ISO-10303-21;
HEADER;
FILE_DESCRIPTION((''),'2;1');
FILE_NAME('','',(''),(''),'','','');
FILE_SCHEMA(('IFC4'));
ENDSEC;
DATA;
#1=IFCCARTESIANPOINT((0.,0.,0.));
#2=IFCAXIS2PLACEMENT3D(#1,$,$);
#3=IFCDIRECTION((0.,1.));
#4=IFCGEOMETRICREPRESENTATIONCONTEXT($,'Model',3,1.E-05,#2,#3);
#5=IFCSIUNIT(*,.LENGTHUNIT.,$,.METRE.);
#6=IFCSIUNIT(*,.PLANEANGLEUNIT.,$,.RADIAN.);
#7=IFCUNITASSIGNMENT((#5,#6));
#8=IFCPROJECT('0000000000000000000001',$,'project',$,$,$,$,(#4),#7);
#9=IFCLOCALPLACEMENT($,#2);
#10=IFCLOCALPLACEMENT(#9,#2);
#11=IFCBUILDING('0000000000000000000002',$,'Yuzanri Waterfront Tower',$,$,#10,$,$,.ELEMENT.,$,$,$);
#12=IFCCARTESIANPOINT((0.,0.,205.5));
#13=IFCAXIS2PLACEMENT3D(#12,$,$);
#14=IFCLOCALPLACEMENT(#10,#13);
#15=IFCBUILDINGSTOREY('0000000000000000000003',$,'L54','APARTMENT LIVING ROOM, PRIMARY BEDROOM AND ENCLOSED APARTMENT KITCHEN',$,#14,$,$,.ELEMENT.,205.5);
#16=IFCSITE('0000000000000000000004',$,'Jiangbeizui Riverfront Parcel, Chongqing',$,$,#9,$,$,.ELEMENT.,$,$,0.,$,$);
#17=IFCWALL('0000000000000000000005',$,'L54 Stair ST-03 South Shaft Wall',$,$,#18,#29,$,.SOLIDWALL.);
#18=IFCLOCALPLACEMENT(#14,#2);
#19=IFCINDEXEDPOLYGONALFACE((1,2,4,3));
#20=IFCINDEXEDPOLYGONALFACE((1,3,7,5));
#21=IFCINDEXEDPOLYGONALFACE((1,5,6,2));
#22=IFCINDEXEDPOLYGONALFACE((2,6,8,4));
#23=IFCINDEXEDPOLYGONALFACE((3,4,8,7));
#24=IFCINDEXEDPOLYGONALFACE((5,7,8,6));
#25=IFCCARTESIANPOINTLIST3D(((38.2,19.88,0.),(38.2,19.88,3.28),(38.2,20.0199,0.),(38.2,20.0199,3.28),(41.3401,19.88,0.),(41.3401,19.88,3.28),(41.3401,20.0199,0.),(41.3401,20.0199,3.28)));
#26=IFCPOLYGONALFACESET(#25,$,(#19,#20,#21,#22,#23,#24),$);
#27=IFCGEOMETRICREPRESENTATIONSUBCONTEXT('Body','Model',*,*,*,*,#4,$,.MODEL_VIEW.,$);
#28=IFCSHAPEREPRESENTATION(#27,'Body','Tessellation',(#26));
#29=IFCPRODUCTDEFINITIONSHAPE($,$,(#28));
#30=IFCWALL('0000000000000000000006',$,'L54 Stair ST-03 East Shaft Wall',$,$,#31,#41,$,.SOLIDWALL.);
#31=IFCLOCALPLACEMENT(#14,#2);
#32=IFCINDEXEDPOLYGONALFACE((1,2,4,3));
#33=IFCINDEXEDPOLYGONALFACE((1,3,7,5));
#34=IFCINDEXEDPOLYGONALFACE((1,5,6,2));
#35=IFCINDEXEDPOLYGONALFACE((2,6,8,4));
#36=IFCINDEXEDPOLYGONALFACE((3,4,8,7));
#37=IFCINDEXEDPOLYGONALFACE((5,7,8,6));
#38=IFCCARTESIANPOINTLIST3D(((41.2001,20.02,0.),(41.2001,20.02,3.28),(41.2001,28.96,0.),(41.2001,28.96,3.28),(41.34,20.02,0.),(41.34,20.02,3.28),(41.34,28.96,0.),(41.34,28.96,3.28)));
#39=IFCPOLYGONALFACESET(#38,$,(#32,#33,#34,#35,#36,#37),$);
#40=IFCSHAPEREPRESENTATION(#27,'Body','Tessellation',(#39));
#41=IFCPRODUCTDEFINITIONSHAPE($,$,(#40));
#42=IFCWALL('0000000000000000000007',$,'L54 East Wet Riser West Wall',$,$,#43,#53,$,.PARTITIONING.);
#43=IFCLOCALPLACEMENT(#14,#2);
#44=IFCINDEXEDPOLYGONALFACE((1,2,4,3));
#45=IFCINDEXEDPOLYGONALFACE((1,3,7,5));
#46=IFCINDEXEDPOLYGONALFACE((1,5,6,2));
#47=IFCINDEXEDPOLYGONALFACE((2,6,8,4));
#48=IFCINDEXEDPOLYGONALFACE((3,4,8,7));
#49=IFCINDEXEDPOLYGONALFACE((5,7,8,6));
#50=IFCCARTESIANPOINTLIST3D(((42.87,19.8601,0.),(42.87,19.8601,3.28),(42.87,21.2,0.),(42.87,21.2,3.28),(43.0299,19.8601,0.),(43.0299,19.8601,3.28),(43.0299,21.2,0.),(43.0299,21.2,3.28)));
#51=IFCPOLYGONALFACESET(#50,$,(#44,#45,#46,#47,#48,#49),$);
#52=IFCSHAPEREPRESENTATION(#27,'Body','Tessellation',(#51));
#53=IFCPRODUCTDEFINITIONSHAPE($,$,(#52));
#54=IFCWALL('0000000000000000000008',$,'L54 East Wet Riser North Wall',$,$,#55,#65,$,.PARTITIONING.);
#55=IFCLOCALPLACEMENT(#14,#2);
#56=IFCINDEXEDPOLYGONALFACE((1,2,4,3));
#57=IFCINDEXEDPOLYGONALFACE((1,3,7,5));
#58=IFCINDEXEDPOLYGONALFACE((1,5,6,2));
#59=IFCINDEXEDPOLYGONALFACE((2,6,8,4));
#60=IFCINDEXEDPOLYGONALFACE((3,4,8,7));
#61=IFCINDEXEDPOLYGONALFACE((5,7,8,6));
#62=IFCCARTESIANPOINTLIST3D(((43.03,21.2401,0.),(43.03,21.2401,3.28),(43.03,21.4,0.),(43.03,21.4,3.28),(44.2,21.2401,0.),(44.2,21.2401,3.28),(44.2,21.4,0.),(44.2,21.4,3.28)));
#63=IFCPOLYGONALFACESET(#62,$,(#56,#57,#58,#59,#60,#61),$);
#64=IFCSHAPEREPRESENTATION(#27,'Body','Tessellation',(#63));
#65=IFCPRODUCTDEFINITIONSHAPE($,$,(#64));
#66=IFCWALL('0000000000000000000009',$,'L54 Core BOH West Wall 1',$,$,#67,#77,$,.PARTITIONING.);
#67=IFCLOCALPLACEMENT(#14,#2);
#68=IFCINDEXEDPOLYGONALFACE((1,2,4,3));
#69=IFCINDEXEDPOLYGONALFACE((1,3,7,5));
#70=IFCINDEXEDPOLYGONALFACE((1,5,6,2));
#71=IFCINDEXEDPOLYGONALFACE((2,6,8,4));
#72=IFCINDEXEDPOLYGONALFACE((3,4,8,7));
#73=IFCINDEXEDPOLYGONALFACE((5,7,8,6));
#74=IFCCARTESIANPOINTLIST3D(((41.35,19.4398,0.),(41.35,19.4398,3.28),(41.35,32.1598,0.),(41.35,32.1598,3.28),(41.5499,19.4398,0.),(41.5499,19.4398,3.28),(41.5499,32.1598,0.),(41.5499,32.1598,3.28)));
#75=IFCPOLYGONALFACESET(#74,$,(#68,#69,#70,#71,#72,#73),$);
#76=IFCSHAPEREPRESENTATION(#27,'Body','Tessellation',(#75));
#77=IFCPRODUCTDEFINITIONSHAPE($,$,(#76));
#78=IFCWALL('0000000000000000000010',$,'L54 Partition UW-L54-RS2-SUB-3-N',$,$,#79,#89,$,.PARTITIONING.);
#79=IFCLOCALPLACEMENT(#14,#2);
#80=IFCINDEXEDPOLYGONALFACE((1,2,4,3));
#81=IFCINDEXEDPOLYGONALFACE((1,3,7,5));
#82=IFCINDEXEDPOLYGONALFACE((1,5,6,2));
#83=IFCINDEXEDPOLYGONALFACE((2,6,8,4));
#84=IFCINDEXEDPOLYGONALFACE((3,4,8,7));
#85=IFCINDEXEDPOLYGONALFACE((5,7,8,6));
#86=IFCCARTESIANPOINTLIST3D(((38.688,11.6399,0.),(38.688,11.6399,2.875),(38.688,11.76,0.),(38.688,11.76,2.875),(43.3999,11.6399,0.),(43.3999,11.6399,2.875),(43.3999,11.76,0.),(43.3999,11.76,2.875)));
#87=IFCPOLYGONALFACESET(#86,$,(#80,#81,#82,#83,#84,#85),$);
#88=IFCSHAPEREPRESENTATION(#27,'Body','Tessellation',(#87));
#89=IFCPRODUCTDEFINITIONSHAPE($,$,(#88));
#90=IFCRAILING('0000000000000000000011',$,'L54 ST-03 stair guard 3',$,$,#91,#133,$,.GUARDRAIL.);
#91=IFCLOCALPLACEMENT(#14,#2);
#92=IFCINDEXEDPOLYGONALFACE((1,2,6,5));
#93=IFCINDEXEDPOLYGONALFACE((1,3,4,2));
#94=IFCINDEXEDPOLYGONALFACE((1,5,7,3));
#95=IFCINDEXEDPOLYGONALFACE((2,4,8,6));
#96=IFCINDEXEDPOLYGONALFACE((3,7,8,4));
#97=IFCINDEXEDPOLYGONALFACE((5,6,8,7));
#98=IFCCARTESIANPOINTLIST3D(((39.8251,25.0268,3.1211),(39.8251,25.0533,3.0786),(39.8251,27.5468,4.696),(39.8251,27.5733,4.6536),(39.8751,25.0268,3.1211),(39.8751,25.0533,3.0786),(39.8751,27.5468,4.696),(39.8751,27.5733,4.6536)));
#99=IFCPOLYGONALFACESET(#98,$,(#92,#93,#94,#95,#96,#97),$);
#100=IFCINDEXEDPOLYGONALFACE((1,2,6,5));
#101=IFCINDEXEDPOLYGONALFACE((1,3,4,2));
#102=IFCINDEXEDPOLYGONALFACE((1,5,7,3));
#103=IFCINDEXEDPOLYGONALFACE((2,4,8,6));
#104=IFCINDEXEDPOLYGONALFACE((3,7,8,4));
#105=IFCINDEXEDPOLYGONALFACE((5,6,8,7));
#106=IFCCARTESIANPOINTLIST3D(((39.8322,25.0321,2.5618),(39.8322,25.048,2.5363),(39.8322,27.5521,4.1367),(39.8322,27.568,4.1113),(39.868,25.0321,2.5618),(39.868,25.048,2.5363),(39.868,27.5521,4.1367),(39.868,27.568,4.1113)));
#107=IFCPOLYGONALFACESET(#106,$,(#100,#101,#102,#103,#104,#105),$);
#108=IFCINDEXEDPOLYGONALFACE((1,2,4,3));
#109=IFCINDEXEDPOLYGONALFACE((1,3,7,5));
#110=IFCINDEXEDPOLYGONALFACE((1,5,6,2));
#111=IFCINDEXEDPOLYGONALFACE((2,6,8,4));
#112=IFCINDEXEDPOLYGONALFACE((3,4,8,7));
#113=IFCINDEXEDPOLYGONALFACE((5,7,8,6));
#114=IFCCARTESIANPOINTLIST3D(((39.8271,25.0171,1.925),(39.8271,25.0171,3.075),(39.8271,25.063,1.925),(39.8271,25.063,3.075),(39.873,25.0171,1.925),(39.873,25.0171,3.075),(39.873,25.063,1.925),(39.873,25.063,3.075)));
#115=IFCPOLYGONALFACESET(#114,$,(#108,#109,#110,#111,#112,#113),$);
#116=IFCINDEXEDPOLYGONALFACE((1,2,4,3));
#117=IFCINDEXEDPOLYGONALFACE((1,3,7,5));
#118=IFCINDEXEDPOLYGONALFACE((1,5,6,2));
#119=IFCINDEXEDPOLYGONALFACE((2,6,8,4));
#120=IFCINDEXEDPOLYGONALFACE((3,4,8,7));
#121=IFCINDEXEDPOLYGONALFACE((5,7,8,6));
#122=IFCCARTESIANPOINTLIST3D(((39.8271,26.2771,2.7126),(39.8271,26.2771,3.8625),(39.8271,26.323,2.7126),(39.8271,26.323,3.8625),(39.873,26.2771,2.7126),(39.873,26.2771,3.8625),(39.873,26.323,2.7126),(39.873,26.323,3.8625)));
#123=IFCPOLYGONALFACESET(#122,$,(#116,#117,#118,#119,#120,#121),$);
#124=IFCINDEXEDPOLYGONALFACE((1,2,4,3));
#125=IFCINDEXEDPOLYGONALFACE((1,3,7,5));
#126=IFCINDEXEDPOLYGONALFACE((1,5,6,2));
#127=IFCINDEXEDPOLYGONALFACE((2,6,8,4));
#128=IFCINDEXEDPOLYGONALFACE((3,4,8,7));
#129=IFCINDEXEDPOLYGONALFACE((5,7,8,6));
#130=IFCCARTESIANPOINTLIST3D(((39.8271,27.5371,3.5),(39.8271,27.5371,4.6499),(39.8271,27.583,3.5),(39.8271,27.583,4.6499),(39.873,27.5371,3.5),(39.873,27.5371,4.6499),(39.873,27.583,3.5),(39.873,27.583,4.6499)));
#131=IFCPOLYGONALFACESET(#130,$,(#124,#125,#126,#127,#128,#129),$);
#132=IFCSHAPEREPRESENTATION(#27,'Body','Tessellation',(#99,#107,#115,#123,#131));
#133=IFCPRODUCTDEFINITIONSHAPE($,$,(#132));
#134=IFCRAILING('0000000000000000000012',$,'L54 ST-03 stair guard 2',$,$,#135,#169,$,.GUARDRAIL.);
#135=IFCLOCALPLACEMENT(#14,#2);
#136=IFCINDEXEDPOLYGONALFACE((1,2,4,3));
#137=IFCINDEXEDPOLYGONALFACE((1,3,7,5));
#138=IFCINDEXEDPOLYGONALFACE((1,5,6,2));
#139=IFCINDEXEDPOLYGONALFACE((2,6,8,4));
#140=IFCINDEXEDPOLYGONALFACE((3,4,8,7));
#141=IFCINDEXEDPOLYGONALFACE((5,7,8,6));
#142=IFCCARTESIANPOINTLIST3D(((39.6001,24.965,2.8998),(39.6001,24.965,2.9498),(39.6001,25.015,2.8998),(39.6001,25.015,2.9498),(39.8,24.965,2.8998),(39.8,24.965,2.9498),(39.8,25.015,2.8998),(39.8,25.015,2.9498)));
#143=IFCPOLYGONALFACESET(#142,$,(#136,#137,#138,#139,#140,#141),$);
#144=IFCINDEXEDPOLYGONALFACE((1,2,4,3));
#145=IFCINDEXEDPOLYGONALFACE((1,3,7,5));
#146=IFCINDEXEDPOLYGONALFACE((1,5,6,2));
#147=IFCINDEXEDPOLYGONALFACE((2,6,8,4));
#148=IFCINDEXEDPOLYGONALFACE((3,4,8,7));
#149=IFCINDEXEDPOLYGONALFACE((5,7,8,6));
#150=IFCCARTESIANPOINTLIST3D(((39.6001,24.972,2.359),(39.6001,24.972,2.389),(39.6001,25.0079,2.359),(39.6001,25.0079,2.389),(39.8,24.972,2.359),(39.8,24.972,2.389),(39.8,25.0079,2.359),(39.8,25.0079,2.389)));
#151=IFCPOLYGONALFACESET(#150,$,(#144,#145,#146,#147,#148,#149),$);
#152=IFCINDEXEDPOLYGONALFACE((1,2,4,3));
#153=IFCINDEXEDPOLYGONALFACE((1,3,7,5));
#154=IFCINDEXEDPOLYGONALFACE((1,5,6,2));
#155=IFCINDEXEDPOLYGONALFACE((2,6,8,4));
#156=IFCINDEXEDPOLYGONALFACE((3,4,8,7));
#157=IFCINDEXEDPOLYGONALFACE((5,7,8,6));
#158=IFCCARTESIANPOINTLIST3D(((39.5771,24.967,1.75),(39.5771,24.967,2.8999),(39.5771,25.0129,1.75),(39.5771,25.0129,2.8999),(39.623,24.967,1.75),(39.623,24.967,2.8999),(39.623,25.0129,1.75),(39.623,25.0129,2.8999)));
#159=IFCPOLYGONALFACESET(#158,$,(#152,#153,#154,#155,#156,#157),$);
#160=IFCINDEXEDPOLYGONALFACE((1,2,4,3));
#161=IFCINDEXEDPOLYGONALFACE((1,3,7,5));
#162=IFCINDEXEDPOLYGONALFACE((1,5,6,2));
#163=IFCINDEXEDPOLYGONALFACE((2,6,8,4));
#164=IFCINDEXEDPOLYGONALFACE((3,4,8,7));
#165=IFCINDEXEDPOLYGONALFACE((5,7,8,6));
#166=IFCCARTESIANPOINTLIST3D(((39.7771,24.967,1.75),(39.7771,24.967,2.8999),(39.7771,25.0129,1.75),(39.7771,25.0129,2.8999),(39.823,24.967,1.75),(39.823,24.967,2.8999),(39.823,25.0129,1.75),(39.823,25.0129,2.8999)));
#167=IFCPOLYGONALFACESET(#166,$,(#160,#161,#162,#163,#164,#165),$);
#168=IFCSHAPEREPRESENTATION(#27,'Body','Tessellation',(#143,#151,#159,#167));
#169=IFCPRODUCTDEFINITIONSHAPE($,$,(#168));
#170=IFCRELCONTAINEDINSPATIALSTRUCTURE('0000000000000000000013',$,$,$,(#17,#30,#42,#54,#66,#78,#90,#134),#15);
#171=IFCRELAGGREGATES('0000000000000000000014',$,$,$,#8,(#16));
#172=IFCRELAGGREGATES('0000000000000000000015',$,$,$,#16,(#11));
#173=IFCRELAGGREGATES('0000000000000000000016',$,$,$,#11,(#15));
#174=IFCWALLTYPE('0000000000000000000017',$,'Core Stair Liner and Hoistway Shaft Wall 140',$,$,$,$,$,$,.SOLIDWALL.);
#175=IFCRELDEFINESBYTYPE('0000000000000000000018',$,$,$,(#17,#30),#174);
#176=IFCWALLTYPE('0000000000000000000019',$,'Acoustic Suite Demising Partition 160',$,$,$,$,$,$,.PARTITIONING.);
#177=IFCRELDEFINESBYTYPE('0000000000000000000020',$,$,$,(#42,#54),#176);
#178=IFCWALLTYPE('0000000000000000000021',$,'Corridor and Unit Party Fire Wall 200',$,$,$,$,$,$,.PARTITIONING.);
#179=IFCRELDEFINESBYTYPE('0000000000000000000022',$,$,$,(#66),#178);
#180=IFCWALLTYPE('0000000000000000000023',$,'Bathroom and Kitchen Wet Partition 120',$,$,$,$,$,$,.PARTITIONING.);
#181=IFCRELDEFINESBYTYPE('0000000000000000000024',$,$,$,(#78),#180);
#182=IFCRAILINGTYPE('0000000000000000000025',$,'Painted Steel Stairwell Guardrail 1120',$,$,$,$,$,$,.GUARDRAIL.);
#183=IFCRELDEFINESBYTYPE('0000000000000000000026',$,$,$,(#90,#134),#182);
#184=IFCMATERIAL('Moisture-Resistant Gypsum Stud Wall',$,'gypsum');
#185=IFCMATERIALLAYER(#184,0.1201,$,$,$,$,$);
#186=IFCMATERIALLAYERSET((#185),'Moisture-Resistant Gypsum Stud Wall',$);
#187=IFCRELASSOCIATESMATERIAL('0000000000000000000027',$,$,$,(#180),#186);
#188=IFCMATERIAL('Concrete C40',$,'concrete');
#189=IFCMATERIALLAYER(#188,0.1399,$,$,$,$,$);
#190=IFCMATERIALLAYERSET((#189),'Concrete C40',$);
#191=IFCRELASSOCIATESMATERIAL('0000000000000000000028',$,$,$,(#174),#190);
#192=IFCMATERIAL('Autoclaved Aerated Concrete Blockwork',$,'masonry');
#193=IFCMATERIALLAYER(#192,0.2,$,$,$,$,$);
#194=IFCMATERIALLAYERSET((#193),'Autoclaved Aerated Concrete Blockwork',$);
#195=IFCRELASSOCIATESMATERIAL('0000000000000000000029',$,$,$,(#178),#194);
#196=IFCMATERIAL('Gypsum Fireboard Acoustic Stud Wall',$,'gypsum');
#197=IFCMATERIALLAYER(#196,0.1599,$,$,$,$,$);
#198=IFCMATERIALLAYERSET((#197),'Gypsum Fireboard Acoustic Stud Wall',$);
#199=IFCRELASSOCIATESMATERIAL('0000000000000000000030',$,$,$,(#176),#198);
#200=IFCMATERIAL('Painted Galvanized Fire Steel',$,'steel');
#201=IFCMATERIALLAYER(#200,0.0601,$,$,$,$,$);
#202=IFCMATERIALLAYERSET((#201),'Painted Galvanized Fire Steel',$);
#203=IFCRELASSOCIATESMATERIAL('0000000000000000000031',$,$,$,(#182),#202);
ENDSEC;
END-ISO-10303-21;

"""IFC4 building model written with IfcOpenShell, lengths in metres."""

from ifc_helpers import new_model, si_unit, direction, frame, frame_2d, origin, origin_2d, place, context, subcontext, project, spatial, rectangle, extrude, source, transform, mapped, material, layer, layer_set, type_object, element, save


model = new_model("IFC4")

# Units and contexts
model_context = context("Model", 3, precision=1e-05, world=origin(), true_north=direction((0.0, 1.0)))
body_context = subcontext(model_context, "Body", "Model", "MODEL_VIEW")
ifc_project = project(units=[si_unit("LENGTHUNIT", "METRE"), si_unit("PLANEANGLEUNIT", "RADIAN")], contexts=[model_context])

# Site, building, storey
site_placement = place(None, origin())
site = spatial("IfcSite", under=ifc_project, at=site_placement, Name="Jiangbeizui Riverfront Parcel, Chongqing", CompositionType="ELEMENT", RefElevation=0.0)
building_placement = place(site_placement, origin())
building = spatial("IfcBuilding", under=site, at=building_placement, Name="Yuzanri Waterfront Tower", CompositionType="ELEMENT")
storey_placement = place(building_placement, frame((0.0, 0.0, 205.5)))
storey = spatial("IfcBuildingStorey", under=building, at=storey_placement, Name="L54", Description="APARTMENT LIVING ROOM, PRIMARY BEDROOM AND ENCLOSED APARTMENT KITCHEN", CompositionType="ELEMENT", Elevation=205.5)

# Shared definitions
ifc_material_1 = material(Name="Moisture-Resistant Gypsum Stud Wall", Category="gypsum")
ifc_layer_1 = layer(ifc_material_1, 0.1201)
ifc_layer_set_1 = layer_set([ifc_layer_1], Name="Moisture-Resistant Gypsum Stud Wall")
wall_type_1 = type_object("IfcWallType", Name="Bathroom and Kitchen Wet Partition 120", PredefinedType="PARTITIONING", material=ifc_layer_set_1)
ifc_material_2 = material(Name="Concrete C40", Category="concrete")
ifc_layer_2 = layer(ifc_material_2, 0.1399)
ifc_layer_set_2 = layer_set([ifc_layer_2], Name="Concrete C40")
wall_type_2 = type_object("IfcWallType", Name="Core Stair Liner and Hoistway Shaft Wall 140", PredefinedType="SOLIDWALL", material=ifc_layer_set_2)
ifc_material_3 = material(Name="Autoclaved Aerated Concrete Blockwork", Category="masonry")
ifc_layer_3 = layer(ifc_material_3, 0.2)
ifc_layer_set_3 = layer_set([ifc_layer_3], Name="Autoclaved Aerated Concrete Blockwork")
wall_type_3 = type_object("IfcWallType", Name="Corridor and Unit Party Fire Wall 200", PredefinedType="PARTITIONING", material=ifc_layer_set_3)

# Walls
shared_shape_1 = source(origin(), body_context, "Body", "SweptSolid", [
    extrude(rectangle(XDim=3.1401, YDim=0.1399, at=frame_2d((1.5701, 0.0))), origin(), (0.0, 0.0, 1.0), 3.28),
])
wall_1_placement = place(storey_placement, frame((38.2, 19.95, 0.0), z_axis=(0.0, 0.0, 1.0), x_axis=(1.0, 0.0, 0.0)))
element("IfcWall", 1, at=wall_1_placement, inside=storey, type_object=wall_type_2, Name="L54 Stair ST-03 South Shaft Wall", PredefinedType="SOLIDWALL", context=body_context, shape_type="MappedRepresentation", body=[
    mapped(shared_shape_1, transform((0.0, 0.0, 0.0), scale=1.0)),
])
shared_shape_2 = source(origin(), body_context, "Body", "SweptSolid", [
    extrude(rectangle(XDim=8.9399, YDim=0.1399, at=frame_2d((4.47, 0.0))), origin(), (0.0, 0.0, 1.0), 3.28),
])
wall_2_placement = place(storey_placement, frame((41.27, 20.02, 0.0), z_axis=(0.0, 0.0, 1.0), x_axis=(0.0, 1.0, 0.0)))
element("IfcWall", 2, at=wall_2_placement, inside=storey, type_object=wall_type_2, Name="L54 Stair ST-03 East Shaft Wall", PredefinedType="SOLIDWALL", context=body_context, shape_type="MappedRepresentation", body=[
    mapped(shared_shape_2, transform((0.0, 0.0, 0.0), scale=1.0)),
])
ifc_material_4 = material(Name="Gypsum Fireboard Acoustic Stud Wall", Category="gypsum")
ifc_layer_4 = layer(ifc_material_4, 0.1599)
ifc_layer_set_4 = layer_set([ifc_layer_4], Name="Gypsum Fireboard Acoustic Stud Wall")
wall_type_4 = type_object("IfcWallType", Name="Acoustic Suite Demising Partition 160", PredefinedType="PARTITIONING", material=ifc_layer_set_4)
shared_shape_3 = source(origin(), body_context, "Body", "SweptSolid", [
    extrude(rectangle(XDim=1.3398, YDim=0.1599, at=frame_2d((0.6699, 0.0))), origin(), (0.0, 0.0, 1.0), 3.28),
])
wall_3_placement = place(storey_placement, frame((42.95, 19.8601, 0.0), z_axis=(0.0, 0.0, 1.0), x_axis=(0.0, 1.0, 0.0)))
element("IfcWall", 3, at=wall_3_placement, inside=storey, type_object=wall_type_4, Name="L54 East Wet Riser West Wall", PredefinedType="PARTITIONING", context=body_context, shape_type="MappedRepresentation", body=[
    mapped(shared_shape_3, transform((0.0, 0.0, 0.0), scale=1.0)),
])
shared_shape_4 = source(origin(), body_context, "Body", "SweptSolid", [
    extrude(rectangle(XDim=1.1699, YDim=0.1599, at=frame_2d((0.585, 0.0))), origin(), (0.0, 0.0, 1.0), 3.28),
])
wall_4_placement = place(storey_placement, frame((43.03, 21.3201, 0.0), z_axis=(0.0, 0.0, 1.0), x_axis=(1.0, 0.0, 0.0)))
element("IfcWall", 4, at=wall_4_placement, inside=storey, type_object=wall_type_4, Name="L54 East Wet Riser North Wall", PredefinedType="PARTITIONING", context=body_context, shape_type="MappedRepresentation", body=[
    mapped(shared_shape_4, transform((0.0, 0.0, 0.0), scale=1.0)),
])
shared_shape_5 = source(origin(), body_context, "Body", "SweptSolid", [
    extrude(rectangle(XDim=12.72, YDim=0.2, at=frame_2d((6.3599, 0.0))), origin(), (0.0, 0.0, 1.0), 3.28),
])
wall_5_placement = place(storey_placement, frame((41.45, 19.4399, 0.0), z_axis=(0.0, 0.0, 1.0), x_axis=(0.0, 1.0, 0.0)))
element("IfcWall", 5, at=wall_5_placement, inside=storey, type_object=wall_type_3, Name="L54 Core BOH West Wall 1", PredefinedType="PARTITIONING", context=body_context, shape_type="MappedRepresentation", body=[
    mapped(shared_shape_5, transform((0.0, 0.0, 0.0), scale=1.0)),
])
shared_shape_6 = source(origin(), body_context, "Body", "SweptSolid", [
    extrude(rectangle(XDim=4.7119, YDim=0.1201, at=frame_2d((2.356, 0.0))), origin(), (0.0, 0.0, 1.0), 2.875),
])
wall_6_placement = place(storey_placement, frame((38.688, 11.7, 0.0), z_axis=(0.0, 0.0, 1.0), x_axis=(1.0, 0.0, 0.0)))
element("IfcWall", 6, at=wall_6_placement, inside=storey, type_object=wall_type_1, Name="L54 Partition UW-L54-RS2-SUB-3-N", PredefinedType="PARTITIONING", context=body_context, shape_type="MappedRepresentation", body=[
    mapped(shared_shape_6, transform((0.0, 0.0, 0.0), scale=1.0)),
])

# Railings
ifc_material_5 = material(Name="Painted Galvanized Fire Steel", Category="steel")
ifc_layer_5 = layer(ifc_material_5, 0.0601)
ifc_layer_set_5 = layer_set([ifc_layer_5], Name="Painted Galvanized Fire Steel")
railing_type = type_object("IfcRailingType", Name="Painted Steel Stairwell Guardrail 1120", PredefinedType="GUARDRAIL", material=ifc_layer_set_5)
shared_shape_7 = source(origin(), body_context, "Body", "SweptSolid", [
    extrude(rectangle(XDim=0.05, YDim=0.05, at=origin_2d()), frame((0.0, 0.0, 1.1748), z_axis=(0.0, 0.848008, 0.529984), x_axis=(-1.0, 0.0, 0.0)), (0.0, 0.0, 1.0), 2.9717),
    extrude(rectangle(XDim=0.0359, YDim=0.03, at=origin_2d()), frame((0.0, 0.0, 0.624), z_axis=(0.0, 0.848008, 0.529984), x_axis=(-1.0, 0.0, 0.0)), (0.0, 0.0, 1.0), 2.9717),
    extrude(rectangle(XDim=0.0459, YDim=0.0459, at=origin_2d()), origin(), (0.0, 0.0, 1.0), 1.1499),
    extrude(rectangle(XDim=0.0459, YDim=0.0459, at=origin_2d()), frame((0.0, 1.26, 0.7876)), (0.0, 0.0, 1.0), 1.1499),
    extrude(rectangle(XDim=0.0459, YDim=0.0459, at=origin_2d()), frame((0.0, 2.52, 1.575)), (0.0, 0.0, 1.0), 1.1499),
])
railing_1_placement = place(storey_placement, frame((39.8501, 25.04, 1.925)))
element("IfcRailing", 7, at=railing_1_placement, inside=storey, type_object=railing_type, Name="L54 ST-03 stair guard 3", PredefinedType="GUARDRAIL", context=body_context, shape_type="MappedRepresentation", body=[
    mapped(shared_shape_7, transform((0.0, 0.0, 0.0), scale=1.0)),
])
shared_shape_8 = source(origin(), body_context, "Body", "SweptSolid", [
    extrude(rectangle(XDim=0.05, YDim=0.05, at=origin_2d()), frame((0.0, 0.0, 1.1748), z_axis=(1.0, 0.0, 0.0), x_axis=(0.0, 1.0, 0.0)), (0.0, 0.0, 1.0), 0.2),
    extrude(rectangle(XDim=0.0359, YDim=0.03, at=origin_2d()), frame((0.0, 0.0, 0.624), z_axis=(1.0, 0.0, 0.0), x_axis=(0.0, 1.0, 0.0)), (0.0, 0.0, 1.0), 0.2),
    extrude(rectangle(XDim=0.0459, YDim=0.0459, at=origin_2d()), origin(), (0.0, 0.0, 1.0), 1.1499),
    extrude(rectangle(XDim=0.0459, YDim=0.0459, at=origin_2d()), frame((0.2, 0.0, 0.0)), (0.0, 0.0, 1.0), 1.1499),
])
railing_2_placement = place(storey_placement, frame((39.6001, 24.99, 1.75)))
element("IfcRailing", 8, at=railing_2_placement, inside=storey, type_object=railing_type, Name="L54 ST-03 stair guard 2", PredefinedType="GUARDRAIL", context=body_context, shape_type="MappedRepresentation", body=[
    mapped(shared_shape_8, transform((0.0, 0.0, 0.0), scale=1.0)),
])

save(model, "model.ifc")
